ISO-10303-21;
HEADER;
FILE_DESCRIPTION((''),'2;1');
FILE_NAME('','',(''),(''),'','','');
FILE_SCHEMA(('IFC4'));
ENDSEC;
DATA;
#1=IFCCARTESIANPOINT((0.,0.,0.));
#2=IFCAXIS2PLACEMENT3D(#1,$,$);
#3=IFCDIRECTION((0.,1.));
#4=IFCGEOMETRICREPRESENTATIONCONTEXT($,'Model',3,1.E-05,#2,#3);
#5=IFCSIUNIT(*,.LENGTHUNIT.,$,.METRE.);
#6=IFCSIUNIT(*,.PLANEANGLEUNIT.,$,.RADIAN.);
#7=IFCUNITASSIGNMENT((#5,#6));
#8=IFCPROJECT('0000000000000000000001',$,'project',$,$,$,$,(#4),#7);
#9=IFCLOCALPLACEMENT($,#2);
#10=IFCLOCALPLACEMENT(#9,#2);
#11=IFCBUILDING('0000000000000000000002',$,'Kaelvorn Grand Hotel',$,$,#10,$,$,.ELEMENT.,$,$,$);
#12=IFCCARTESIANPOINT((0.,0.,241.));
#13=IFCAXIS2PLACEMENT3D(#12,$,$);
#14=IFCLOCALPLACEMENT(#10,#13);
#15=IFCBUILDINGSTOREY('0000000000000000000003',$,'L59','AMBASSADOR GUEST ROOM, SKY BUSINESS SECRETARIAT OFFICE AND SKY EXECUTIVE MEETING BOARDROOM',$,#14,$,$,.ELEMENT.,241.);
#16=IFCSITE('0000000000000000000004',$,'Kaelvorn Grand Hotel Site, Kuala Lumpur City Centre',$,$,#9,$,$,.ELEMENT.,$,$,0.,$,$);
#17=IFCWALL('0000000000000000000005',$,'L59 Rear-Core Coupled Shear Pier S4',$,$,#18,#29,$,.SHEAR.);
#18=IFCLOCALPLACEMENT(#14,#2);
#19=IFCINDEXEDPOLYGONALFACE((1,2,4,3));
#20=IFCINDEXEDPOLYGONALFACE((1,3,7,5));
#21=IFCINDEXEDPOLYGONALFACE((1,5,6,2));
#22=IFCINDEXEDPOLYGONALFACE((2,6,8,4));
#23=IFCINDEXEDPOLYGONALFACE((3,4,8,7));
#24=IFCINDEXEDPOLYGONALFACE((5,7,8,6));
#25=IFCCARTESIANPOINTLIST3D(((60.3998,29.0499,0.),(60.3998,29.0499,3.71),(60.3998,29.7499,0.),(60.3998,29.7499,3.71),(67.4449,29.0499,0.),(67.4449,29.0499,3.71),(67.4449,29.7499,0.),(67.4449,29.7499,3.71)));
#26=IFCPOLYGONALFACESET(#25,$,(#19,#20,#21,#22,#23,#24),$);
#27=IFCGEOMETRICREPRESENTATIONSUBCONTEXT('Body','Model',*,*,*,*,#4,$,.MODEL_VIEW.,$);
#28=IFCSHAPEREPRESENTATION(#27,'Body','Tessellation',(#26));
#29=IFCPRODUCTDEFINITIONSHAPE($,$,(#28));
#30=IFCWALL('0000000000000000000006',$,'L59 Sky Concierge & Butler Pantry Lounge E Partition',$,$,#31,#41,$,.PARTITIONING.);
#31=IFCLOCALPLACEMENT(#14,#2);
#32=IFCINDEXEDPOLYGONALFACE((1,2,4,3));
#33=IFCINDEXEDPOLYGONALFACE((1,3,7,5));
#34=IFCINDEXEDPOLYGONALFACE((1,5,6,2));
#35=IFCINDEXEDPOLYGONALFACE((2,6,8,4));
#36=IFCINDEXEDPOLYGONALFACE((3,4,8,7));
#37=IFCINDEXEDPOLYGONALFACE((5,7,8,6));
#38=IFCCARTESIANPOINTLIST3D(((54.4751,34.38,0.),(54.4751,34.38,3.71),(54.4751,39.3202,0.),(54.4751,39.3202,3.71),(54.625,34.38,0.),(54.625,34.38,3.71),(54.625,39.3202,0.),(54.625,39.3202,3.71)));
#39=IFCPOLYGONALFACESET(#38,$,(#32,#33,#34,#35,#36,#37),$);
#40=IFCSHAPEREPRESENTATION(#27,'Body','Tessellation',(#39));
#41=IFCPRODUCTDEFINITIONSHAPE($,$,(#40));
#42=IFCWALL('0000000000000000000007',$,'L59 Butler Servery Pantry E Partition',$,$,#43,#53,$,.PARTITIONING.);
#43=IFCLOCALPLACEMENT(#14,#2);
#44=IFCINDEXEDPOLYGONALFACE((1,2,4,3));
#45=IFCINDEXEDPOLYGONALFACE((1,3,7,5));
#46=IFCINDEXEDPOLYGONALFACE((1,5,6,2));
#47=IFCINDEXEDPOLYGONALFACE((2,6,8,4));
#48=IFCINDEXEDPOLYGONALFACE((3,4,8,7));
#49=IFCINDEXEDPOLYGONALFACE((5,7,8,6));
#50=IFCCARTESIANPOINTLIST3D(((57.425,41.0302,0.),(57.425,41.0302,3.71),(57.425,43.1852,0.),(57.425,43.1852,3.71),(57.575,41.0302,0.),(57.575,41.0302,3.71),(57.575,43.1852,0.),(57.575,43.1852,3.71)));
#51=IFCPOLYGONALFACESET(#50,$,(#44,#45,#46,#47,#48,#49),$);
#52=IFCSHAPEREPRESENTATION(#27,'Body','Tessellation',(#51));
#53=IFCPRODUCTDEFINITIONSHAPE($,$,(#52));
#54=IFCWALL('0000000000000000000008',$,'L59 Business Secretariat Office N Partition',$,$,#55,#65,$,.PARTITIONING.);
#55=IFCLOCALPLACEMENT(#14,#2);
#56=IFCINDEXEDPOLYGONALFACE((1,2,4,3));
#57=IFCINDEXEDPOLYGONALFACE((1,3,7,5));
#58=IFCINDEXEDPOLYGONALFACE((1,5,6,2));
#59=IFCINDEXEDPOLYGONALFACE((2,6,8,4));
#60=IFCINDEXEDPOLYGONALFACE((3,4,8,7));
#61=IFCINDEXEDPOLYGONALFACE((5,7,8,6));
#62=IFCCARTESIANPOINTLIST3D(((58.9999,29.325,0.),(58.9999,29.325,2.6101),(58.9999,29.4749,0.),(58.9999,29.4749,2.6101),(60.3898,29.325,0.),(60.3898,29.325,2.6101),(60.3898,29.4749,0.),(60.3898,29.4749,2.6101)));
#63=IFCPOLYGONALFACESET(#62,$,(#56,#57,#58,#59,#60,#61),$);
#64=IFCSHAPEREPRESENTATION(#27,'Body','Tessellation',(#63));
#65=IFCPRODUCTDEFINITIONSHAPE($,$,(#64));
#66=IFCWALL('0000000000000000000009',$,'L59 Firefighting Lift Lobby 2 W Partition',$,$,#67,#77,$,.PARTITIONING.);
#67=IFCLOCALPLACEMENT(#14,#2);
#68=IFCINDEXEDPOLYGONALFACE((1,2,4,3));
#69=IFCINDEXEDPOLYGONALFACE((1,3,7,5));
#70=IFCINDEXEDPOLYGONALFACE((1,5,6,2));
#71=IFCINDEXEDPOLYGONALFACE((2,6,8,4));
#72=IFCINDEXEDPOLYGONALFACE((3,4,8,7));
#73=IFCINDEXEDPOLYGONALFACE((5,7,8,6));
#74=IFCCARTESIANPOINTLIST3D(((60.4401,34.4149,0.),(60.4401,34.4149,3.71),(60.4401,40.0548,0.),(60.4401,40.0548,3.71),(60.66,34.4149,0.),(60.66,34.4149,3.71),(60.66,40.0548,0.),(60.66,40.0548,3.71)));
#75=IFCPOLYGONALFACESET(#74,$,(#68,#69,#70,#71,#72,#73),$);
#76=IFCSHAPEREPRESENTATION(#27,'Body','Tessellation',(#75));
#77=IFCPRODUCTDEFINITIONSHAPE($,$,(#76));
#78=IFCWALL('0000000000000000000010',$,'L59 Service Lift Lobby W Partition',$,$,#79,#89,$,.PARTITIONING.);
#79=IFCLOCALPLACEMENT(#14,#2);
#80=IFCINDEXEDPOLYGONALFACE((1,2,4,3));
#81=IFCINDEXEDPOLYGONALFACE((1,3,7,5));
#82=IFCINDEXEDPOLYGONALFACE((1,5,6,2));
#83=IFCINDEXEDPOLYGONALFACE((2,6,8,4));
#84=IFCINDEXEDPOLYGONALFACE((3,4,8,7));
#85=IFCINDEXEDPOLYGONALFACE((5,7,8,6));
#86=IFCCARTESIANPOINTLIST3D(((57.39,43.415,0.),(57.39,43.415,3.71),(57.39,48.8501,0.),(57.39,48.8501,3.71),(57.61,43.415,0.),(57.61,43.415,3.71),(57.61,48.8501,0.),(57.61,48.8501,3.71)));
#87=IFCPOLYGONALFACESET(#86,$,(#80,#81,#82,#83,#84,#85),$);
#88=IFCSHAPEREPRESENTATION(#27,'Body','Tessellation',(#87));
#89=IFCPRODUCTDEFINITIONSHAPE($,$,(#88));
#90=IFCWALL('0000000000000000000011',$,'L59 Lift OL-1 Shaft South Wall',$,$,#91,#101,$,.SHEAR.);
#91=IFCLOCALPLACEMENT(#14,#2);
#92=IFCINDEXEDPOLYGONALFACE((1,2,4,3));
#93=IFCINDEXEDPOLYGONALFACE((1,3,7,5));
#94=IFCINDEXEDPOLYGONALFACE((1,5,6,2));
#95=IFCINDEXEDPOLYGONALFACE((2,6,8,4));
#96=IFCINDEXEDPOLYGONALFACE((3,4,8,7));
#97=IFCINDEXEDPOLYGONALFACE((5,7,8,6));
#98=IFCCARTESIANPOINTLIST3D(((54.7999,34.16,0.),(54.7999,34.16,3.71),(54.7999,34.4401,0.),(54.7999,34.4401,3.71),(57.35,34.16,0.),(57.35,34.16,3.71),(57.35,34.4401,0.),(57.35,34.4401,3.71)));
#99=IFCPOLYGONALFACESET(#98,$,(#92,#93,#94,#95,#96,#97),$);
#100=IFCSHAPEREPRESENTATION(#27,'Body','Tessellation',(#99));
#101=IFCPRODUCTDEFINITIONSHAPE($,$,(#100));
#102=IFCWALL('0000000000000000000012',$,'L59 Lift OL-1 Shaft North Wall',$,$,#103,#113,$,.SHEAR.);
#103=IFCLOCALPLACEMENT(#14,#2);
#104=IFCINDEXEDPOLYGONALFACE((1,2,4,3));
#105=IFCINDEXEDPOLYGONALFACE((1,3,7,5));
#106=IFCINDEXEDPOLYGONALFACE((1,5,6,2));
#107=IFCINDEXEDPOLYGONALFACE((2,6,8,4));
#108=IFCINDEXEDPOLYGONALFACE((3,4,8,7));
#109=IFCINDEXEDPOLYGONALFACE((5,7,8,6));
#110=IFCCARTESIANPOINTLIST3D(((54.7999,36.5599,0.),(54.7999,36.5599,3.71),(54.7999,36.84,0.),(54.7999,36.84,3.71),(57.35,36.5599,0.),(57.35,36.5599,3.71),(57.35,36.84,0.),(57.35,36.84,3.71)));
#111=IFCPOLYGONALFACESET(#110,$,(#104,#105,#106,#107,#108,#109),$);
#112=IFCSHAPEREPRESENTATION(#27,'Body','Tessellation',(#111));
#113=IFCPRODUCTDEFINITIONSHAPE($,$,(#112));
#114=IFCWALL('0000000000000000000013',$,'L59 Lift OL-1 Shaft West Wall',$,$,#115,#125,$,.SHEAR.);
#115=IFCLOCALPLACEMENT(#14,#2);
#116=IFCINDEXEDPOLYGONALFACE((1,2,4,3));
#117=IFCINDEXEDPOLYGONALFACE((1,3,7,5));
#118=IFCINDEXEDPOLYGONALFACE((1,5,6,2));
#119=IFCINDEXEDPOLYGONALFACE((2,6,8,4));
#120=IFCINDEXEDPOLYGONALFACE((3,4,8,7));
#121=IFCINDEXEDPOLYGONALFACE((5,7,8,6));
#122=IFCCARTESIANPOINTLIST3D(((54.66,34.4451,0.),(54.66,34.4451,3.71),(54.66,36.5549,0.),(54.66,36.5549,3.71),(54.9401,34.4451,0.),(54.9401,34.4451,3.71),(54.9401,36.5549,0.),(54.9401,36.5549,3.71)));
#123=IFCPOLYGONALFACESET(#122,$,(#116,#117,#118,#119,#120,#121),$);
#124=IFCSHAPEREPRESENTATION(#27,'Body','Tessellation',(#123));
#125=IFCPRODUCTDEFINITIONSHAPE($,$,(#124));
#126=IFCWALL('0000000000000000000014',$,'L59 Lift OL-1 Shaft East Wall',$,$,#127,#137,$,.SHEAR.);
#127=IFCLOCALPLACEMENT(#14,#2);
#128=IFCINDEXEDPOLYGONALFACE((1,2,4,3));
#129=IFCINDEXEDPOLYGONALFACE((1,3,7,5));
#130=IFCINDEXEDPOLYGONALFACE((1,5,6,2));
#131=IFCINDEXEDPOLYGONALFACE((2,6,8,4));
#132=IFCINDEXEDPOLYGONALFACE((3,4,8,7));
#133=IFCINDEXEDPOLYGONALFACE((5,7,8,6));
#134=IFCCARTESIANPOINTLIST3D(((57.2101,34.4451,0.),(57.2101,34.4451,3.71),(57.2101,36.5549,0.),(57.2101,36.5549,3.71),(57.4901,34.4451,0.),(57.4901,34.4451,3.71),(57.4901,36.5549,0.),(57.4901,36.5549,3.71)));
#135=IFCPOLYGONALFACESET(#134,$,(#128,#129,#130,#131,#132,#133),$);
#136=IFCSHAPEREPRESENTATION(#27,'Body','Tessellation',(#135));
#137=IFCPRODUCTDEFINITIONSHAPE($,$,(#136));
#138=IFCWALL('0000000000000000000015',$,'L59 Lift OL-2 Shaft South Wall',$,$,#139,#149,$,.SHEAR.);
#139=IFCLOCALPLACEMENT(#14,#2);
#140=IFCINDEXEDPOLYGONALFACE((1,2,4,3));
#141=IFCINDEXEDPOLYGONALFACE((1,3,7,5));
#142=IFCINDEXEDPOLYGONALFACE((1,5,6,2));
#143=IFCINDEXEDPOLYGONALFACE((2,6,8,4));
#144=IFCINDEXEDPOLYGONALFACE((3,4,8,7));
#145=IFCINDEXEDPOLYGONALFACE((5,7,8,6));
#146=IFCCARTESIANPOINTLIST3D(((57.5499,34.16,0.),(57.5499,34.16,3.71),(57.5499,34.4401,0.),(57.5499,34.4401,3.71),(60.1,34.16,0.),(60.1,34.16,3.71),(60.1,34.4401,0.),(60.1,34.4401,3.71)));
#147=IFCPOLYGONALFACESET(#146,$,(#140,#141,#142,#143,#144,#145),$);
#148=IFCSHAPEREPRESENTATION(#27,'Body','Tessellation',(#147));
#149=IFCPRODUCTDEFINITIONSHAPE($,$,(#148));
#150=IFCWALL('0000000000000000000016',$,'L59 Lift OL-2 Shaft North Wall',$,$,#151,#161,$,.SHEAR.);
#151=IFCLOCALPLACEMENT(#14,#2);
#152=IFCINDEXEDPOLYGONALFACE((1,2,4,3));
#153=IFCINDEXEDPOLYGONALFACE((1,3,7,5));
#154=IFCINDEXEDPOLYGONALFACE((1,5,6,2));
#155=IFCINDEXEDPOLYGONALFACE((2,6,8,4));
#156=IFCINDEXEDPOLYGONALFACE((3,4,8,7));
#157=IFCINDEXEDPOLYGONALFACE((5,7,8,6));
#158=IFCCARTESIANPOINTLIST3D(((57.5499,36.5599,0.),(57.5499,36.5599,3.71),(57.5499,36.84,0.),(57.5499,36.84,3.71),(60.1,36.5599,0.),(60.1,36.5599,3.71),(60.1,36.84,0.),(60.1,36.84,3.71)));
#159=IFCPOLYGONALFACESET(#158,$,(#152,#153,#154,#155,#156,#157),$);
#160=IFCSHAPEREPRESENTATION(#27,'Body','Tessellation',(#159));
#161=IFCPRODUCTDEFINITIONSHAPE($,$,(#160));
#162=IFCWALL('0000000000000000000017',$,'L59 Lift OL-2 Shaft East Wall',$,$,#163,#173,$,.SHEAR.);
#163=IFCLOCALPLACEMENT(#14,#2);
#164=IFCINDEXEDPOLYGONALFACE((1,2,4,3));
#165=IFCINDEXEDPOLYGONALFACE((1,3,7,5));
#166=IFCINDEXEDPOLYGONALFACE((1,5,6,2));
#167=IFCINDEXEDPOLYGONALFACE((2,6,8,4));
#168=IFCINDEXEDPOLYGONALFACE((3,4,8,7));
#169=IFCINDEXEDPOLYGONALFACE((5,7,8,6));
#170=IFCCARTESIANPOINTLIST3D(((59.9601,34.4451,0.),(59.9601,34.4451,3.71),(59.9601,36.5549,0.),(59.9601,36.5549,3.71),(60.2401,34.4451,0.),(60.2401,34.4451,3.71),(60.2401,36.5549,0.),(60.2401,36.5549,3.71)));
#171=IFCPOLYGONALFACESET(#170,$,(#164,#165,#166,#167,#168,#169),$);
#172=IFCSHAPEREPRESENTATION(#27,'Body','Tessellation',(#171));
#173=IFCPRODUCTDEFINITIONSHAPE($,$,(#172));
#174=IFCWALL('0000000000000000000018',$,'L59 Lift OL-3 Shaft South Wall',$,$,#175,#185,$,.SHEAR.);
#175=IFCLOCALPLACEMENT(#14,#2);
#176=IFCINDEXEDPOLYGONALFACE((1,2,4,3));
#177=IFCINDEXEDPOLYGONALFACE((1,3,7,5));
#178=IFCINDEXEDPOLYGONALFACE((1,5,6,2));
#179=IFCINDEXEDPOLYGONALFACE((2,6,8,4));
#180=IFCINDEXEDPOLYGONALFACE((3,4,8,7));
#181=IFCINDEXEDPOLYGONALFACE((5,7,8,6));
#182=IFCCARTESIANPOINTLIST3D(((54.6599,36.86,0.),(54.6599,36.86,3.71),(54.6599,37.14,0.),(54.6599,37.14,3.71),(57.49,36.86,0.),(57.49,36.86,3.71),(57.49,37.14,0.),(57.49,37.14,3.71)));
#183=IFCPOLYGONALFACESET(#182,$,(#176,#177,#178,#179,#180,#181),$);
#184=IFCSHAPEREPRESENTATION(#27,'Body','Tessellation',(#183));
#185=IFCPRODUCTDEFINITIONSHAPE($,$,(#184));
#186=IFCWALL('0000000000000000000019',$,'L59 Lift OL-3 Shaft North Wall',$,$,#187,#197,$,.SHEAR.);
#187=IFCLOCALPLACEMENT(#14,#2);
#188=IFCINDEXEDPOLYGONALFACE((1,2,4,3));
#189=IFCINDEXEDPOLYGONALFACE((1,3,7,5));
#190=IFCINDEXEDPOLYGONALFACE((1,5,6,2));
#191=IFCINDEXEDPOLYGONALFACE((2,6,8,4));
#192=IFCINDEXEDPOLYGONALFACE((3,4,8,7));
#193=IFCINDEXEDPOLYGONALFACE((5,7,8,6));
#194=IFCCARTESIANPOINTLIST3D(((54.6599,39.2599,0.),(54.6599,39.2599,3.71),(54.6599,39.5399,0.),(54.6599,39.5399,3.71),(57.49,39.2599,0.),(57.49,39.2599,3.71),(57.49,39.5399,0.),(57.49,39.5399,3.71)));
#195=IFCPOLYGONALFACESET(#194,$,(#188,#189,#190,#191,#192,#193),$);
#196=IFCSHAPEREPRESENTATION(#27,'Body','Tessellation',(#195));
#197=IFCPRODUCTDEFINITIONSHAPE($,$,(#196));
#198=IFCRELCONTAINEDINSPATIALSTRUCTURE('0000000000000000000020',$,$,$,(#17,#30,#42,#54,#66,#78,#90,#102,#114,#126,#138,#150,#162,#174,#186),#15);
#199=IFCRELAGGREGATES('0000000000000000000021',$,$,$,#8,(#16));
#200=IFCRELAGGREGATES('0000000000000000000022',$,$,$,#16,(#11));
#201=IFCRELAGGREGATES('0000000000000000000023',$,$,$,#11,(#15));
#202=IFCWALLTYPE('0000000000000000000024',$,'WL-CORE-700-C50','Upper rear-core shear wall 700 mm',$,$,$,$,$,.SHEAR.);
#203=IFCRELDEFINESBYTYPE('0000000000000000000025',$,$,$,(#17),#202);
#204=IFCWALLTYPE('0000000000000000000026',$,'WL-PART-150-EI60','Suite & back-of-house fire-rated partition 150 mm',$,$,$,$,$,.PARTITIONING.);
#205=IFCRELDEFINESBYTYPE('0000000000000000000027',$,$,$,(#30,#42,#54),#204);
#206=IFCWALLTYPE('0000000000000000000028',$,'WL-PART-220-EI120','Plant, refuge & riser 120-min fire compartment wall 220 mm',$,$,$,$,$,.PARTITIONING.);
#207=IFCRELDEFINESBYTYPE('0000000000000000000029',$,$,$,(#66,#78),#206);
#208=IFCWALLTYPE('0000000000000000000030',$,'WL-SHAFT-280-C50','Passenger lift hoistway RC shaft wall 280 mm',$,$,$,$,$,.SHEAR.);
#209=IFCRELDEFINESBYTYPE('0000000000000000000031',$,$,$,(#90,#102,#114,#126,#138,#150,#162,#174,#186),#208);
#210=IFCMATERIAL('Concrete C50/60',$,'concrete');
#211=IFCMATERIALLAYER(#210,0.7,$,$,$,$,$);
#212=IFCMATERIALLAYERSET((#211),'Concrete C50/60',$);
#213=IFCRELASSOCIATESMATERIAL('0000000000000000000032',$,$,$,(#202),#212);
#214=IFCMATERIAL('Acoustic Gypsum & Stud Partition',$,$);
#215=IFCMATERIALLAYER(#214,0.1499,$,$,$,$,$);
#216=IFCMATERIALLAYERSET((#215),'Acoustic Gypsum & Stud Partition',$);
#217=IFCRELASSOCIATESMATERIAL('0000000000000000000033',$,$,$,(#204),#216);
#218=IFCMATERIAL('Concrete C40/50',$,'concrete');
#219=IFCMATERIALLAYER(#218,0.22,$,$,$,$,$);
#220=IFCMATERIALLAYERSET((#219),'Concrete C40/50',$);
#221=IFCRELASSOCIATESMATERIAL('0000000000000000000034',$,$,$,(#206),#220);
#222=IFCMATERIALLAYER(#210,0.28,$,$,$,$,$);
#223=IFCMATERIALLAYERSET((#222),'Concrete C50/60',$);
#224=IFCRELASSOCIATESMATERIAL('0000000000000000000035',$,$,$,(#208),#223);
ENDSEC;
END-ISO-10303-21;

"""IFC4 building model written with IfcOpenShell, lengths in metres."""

from ifc_helpers import new_model, si_unit, direction, frame, frame_2d, origin, place, context, subcontext, project, spatial, rectangle, extrude, material, layer, layer_set, type_object, element, save


model = new_model("IFC4")

# Units and contexts
model_context = context("Model", 3, precision=1e-05, world=origin(), true_north=direction((0.0, 1.0)))
body_context = subcontext(model_context, "Body", "Model", "MODEL_VIEW")
ifc_project = project(units=[si_unit("LENGTHUNIT", "METRE"), si_unit("PLANEANGLEUNIT", "RADIAN")], contexts=[model_context])

# Site, building, storey
site_placement = place(None, origin())
site = spatial("IfcSite", under=ifc_project, at=site_placement, Name="Kaelvorn Grand Hotel Site, Kuala Lumpur City Centre", CompositionType="ELEMENT", RefElevation=0.0)
building_placement = place(site_placement, origin())
building = spatial("IfcBuilding", under=site, at=building_placement, Name="Kaelvorn Grand Hotel", CompositionType="ELEMENT")
storey_placement = place(building_placement, frame((0.0, 0.0, 241.0)))
storey = spatial("IfcBuildingStorey", under=building, at=storey_placement, Name="L59", Description="AMBASSADOR GUEST ROOM, SKY BUSINESS SECRETARIAT OFFICE AND SKY EXECUTIVE MEETING BOARDROOM", CompositionType="ELEMENT", Elevation=241.0)

# Walls
ifc_material_1 = material(Name="Concrete C50/60", Category="concrete")
ifc_layer_1 = layer(ifc_material_1, 0.7)
ifc_layer_set_1 = layer_set([ifc_layer_1], Name="Concrete C50/60")
wall_type_1 = type_object("IfcWallType", Name="WL-CORE-700-C50", Description="Upper rear-core shear wall 700 mm", PredefinedType="SHEAR", material=ifc_layer_set_1)
wall_1_placement = place(storey_placement, frame((60.3999, 29.3999, 0.0), z_axis=(0.0, 0.0, 1.0), x_axis=(1.0, 0.0, 0.0)))
element("IfcWall", 1, at=wall_1_placement, inside=storey, type_object=wall_type_1, Name="L59 Rear-Core Coupled Shear Pier S4", PredefinedType="SHEAR", context=body_context, shape_type="SweptSolid", body=[
    extrude(rectangle(XDim=7.0452, YDim=0.7, at=frame_2d((3.5225, 0.0))), origin(), (0.0, 0.0, 1.0), 3.71),
])
ifc_material_2 = material(Name="Acoustic Gypsum & Stud Partition")
ifc_layer_2 = layer(ifc_material_2, 0.1499)
ifc_layer_set_2 = layer_set([ifc_layer_2], Name="Acoustic Gypsum & Stud Partition")
wall_type_2 = type_object("IfcWallType", Name="WL-PART-150-EI60", Description="Suite & back-of-house fire-rated partition 150 mm", PredefinedType="PARTITIONING", material=ifc_layer_set_2)
wall_2_placement = place(storey_placement, frame((54.55, 34.3799, 0.0), z_axis=(0.0, 0.0, 1.0), x_axis=(0.0, 1.0, 0.0)))
element("IfcWall", 2, at=wall_2_placement, inside=storey, type_object=wall_type_2, Name="L59 Sky Concierge & Butler Pantry Lounge E Partition", PredefinedType="PARTITIONING", context=body_context, shape_type="SweptSolid", body=[
    extrude(rectangle(XDim=4.9402, YDim=0.1499, at=frame_2d((2.4702, 0.0))), origin(), (0.0, 0.0, 1.0), 3.71),
])
wall_3_placement = place(storey_placement, frame((57.5, 41.03, 0.0), z_axis=(0.0, 0.0, 1.0), x_axis=(0.0, 1.0, 0.0)))
element("IfcWall", 3, at=wall_3_placement, inside=storey, type_object=wall_type_2, Name="L59 Butler Servery Pantry E Partition", PredefinedType="PARTITIONING", context=body_context, shape_type="SweptSolid", body=[
    extrude(rectangle(XDim=2.155, YDim=0.1499, at=frame_2d((1.0776, 0.0))), origin(), (0.0, 0.0, 1.0), 3.71),
])
wall_4_placement = place(storey_placement, frame((59.0, 29.3999, 0.0), z_axis=(0.0, 0.0, 1.0), x_axis=(1.0, 0.0, 0.0)))
element("IfcWall", 4, at=wall_4_placement, inside=storey, type_object=wall_type_2, Name="L59 Business Secretariat Office N Partition", PredefinedType="PARTITIONING", context=body_context, shape_type="SweptSolid", body=[
    extrude(rectangle(XDim=1.3899, YDim=0.1499, at=frame_2d((0.6948, 0.0))), origin(), (0.0, 0.0, 1.0), 2.6101),
])

# Shared definitions
ifc_material_3 = material(Name="Concrete C40/50", Category="concrete")
ifc_layer_3 = layer(ifc_material_3, 0.22)
ifc_layer_set_3 = layer_set([ifc_layer_3], Name="Concrete C40/50")
wall_type_3 = type_object("IfcWallType", Name="WL-PART-220-EI120", Description="Plant, refuge & riser 120-min fire compartment wall 220 mm", PredefinedType="PARTITIONING", material=ifc_layer_set_3)

# Wall
wall_5_placement = place(storey_placement, frame((60.55, 34.415, 0.0), z_axis=(0.0, 0.0, 1.0), x_axis=(0.0, 1.0, 0.0)))
element("IfcWall", 5, at=wall_5_placement, inside=storey, type_object=wall_type_3, Name="L59 Firefighting Lift Lobby 2 W Partition", PredefinedType="PARTITIONING", context=body_context, shape_type="SweptSolid", body=[
    extrude(rectangle(XDim=5.6399, YDim=0.22, at=frame_2d((2.8198, 0.0))), origin(), (0.0, 0.0, 1.0), 3.71),
])

# Walls
wall_6_placement = place(storey_placement, frame((57.5, 43.415, 0.0), z_axis=(0.0, 0.0, 1.0), x_axis=(0.0, 1.0, 0.0)))
element("IfcWall", 6, at=wall_6_placement, inside=storey, type_object=wall_type_3, Name="L59 Service Lift Lobby W Partition", PredefinedType="PARTITIONING", context=body_context, shape_type="SweptSolid", body=[
    extrude(rectangle(XDim=5.4351, YDim=0.22, at=frame_2d((2.7175, 0.0))), origin(), (0.0, 0.0, 1.0), 3.71),
])
ifc_layer_4 = layer(ifc_material_1, 0.28)
ifc_layer_set_4 = layer_set([ifc_layer_4], Name="Concrete C50/60")
wall_type_4 = type_object("IfcWallType", Name="WL-SHAFT-280-C50", Description="Passenger lift hoistway RC shaft wall 280 mm", PredefinedType="SHEAR", material=ifc_layer_set_4)
for number, where, z_axis, x_axis, name in (
    (7, (54.8, 34.3, 0.0), (0.0, 0.0, 1.0), (1.0, 0.0, 0.0), "L59 Lift OL-1 Shaft South Wall"),
    (8, (54.8, 36.7, 0.0), (0.0, 0.0, 1.0), (1.0, 0.0, 0.0), "L59 Lift OL-1 Shaft North Wall"),
):
    element("IfcWall", number, at=place(storey_placement, frame(where, z_axis=z_axis, x_axis=x_axis)), inside=storey, type_object=wall_type_4, Name=name, PredefinedType="SHEAR", context=body_context, shape_type="SweptSolid", body=[
        extrude(rectangle(XDim=2.55, YDim=0.28, at=frame_2d((1.2749, 0.0))), origin(), (0.0, 0.0, 1.0), 3.71),
    ])
for number, where, z_axis, x_axis, name in (
    (9, (54.8, 34.4451, 0.0), (0.0, 0.0, 1.0), (0.0, 1.0, 0.0), "L59 Lift OL-1 Shaft West Wall"),
    (10, (57.3501, 34.4451, 0.0), (0.0, 0.0, 1.0), (0.0, 1.0, 0.0), "L59 Lift OL-1 Shaft East Wall"),
):
    element("IfcWall", number, at=place(storey_placement, frame(where, z_axis=z_axis, x_axis=x_axis)), inside=storey, type_object=wall_type_4, Name=name, PredefinedType="SHEAR", context=body_context, shape_type="SweptSolid", body=[
        extrude(rectangle(XDim=2.1099, YDim=0.28, at=frame_2d((1.0549, 0.0))), origin(), (0.0, 0.0, 1.0), 3.71),
    ])
for number, where, z_axis, x_axis, name in (
    (11, (57.55, 34.3, 0.0), (0.0, 0.0, 1.0), (1.0, 0.0, 0.0), "L59 Lift OL-2 Shaft South Wall"),
    (12, (57.55, 36.7, 0.0), (0.0, 0.0, 1.0), (1.0, 0.0, 0.0), "L59 Lift OL-2 Shaft North Wall"),
):
    element("IfcWall", number, at=place(storey_placement, frame(where, z_axis=z_axis, x_axis=x_axis)), inside=storey, type_object=wall_type_4, Name=name, PredefinedType="SHEAR", context=body_context, shape_type="SweptSolid", body=[
        extrude(rectangle(XDim=2.55, YDim=0.28, at=frame_2d((1.2749, 0.0))), origin(), (0.0, 0.0, 1.0), 3.71),
    ])
wall_7_placement = place(storey_placement, frame((60.1001, 34.4451, 0.0), z_axis=(0.0, 0.0, 1.0), x_axis=(0.0, 1.0, 0.0)))
element("IfcWall", 13, at=wall_7_placement, inside=storey, type_object=wall_type_4, Name="L59 Lift OL-2 Shaft East Wall", PredefinedType="SHEAR", context=body_context, shape_type="SweptSolid", body=[
    extrude(rectangle(XDim=2.1099, YDim=0.28, at=frame_2d((1.0549, 0.0))), origin(), (0.0, 0.0, 1.0), 3.71),
])
for number, where, z_axis, x_axis, name in (
    (14, (54.6599, 37.0, 0.0), (0.0, 0.0, 1.0), (1.0, 0.0, 0.0), "L59 Lift OL-3 Shaft South Wall"),
    (15, (54.6599, 39.3999, 0.0), (0.0, 0.0, 1.0), (1.0, 0.0, 0.0), "L59 Lift OL-3 Shaft North Wall"),
):
    element("IfcWall", number, at=place(storey_placement, frame(where, z_axis=z_axis, x_axis=x_axis)), inside=storey, type_object=wall_type_4, Name=name, PredefinedType="SHEAR", context=body_context, shape_type="SweptSolid", body=[
        extrude(rectangle(XDim=2.8301, YDim=0.28, at=frame_2d((1.415, 0.0))), origin(), (0.0, 0.0, 1.0), 3.71),
    ])

save(model, "model.ifc")
